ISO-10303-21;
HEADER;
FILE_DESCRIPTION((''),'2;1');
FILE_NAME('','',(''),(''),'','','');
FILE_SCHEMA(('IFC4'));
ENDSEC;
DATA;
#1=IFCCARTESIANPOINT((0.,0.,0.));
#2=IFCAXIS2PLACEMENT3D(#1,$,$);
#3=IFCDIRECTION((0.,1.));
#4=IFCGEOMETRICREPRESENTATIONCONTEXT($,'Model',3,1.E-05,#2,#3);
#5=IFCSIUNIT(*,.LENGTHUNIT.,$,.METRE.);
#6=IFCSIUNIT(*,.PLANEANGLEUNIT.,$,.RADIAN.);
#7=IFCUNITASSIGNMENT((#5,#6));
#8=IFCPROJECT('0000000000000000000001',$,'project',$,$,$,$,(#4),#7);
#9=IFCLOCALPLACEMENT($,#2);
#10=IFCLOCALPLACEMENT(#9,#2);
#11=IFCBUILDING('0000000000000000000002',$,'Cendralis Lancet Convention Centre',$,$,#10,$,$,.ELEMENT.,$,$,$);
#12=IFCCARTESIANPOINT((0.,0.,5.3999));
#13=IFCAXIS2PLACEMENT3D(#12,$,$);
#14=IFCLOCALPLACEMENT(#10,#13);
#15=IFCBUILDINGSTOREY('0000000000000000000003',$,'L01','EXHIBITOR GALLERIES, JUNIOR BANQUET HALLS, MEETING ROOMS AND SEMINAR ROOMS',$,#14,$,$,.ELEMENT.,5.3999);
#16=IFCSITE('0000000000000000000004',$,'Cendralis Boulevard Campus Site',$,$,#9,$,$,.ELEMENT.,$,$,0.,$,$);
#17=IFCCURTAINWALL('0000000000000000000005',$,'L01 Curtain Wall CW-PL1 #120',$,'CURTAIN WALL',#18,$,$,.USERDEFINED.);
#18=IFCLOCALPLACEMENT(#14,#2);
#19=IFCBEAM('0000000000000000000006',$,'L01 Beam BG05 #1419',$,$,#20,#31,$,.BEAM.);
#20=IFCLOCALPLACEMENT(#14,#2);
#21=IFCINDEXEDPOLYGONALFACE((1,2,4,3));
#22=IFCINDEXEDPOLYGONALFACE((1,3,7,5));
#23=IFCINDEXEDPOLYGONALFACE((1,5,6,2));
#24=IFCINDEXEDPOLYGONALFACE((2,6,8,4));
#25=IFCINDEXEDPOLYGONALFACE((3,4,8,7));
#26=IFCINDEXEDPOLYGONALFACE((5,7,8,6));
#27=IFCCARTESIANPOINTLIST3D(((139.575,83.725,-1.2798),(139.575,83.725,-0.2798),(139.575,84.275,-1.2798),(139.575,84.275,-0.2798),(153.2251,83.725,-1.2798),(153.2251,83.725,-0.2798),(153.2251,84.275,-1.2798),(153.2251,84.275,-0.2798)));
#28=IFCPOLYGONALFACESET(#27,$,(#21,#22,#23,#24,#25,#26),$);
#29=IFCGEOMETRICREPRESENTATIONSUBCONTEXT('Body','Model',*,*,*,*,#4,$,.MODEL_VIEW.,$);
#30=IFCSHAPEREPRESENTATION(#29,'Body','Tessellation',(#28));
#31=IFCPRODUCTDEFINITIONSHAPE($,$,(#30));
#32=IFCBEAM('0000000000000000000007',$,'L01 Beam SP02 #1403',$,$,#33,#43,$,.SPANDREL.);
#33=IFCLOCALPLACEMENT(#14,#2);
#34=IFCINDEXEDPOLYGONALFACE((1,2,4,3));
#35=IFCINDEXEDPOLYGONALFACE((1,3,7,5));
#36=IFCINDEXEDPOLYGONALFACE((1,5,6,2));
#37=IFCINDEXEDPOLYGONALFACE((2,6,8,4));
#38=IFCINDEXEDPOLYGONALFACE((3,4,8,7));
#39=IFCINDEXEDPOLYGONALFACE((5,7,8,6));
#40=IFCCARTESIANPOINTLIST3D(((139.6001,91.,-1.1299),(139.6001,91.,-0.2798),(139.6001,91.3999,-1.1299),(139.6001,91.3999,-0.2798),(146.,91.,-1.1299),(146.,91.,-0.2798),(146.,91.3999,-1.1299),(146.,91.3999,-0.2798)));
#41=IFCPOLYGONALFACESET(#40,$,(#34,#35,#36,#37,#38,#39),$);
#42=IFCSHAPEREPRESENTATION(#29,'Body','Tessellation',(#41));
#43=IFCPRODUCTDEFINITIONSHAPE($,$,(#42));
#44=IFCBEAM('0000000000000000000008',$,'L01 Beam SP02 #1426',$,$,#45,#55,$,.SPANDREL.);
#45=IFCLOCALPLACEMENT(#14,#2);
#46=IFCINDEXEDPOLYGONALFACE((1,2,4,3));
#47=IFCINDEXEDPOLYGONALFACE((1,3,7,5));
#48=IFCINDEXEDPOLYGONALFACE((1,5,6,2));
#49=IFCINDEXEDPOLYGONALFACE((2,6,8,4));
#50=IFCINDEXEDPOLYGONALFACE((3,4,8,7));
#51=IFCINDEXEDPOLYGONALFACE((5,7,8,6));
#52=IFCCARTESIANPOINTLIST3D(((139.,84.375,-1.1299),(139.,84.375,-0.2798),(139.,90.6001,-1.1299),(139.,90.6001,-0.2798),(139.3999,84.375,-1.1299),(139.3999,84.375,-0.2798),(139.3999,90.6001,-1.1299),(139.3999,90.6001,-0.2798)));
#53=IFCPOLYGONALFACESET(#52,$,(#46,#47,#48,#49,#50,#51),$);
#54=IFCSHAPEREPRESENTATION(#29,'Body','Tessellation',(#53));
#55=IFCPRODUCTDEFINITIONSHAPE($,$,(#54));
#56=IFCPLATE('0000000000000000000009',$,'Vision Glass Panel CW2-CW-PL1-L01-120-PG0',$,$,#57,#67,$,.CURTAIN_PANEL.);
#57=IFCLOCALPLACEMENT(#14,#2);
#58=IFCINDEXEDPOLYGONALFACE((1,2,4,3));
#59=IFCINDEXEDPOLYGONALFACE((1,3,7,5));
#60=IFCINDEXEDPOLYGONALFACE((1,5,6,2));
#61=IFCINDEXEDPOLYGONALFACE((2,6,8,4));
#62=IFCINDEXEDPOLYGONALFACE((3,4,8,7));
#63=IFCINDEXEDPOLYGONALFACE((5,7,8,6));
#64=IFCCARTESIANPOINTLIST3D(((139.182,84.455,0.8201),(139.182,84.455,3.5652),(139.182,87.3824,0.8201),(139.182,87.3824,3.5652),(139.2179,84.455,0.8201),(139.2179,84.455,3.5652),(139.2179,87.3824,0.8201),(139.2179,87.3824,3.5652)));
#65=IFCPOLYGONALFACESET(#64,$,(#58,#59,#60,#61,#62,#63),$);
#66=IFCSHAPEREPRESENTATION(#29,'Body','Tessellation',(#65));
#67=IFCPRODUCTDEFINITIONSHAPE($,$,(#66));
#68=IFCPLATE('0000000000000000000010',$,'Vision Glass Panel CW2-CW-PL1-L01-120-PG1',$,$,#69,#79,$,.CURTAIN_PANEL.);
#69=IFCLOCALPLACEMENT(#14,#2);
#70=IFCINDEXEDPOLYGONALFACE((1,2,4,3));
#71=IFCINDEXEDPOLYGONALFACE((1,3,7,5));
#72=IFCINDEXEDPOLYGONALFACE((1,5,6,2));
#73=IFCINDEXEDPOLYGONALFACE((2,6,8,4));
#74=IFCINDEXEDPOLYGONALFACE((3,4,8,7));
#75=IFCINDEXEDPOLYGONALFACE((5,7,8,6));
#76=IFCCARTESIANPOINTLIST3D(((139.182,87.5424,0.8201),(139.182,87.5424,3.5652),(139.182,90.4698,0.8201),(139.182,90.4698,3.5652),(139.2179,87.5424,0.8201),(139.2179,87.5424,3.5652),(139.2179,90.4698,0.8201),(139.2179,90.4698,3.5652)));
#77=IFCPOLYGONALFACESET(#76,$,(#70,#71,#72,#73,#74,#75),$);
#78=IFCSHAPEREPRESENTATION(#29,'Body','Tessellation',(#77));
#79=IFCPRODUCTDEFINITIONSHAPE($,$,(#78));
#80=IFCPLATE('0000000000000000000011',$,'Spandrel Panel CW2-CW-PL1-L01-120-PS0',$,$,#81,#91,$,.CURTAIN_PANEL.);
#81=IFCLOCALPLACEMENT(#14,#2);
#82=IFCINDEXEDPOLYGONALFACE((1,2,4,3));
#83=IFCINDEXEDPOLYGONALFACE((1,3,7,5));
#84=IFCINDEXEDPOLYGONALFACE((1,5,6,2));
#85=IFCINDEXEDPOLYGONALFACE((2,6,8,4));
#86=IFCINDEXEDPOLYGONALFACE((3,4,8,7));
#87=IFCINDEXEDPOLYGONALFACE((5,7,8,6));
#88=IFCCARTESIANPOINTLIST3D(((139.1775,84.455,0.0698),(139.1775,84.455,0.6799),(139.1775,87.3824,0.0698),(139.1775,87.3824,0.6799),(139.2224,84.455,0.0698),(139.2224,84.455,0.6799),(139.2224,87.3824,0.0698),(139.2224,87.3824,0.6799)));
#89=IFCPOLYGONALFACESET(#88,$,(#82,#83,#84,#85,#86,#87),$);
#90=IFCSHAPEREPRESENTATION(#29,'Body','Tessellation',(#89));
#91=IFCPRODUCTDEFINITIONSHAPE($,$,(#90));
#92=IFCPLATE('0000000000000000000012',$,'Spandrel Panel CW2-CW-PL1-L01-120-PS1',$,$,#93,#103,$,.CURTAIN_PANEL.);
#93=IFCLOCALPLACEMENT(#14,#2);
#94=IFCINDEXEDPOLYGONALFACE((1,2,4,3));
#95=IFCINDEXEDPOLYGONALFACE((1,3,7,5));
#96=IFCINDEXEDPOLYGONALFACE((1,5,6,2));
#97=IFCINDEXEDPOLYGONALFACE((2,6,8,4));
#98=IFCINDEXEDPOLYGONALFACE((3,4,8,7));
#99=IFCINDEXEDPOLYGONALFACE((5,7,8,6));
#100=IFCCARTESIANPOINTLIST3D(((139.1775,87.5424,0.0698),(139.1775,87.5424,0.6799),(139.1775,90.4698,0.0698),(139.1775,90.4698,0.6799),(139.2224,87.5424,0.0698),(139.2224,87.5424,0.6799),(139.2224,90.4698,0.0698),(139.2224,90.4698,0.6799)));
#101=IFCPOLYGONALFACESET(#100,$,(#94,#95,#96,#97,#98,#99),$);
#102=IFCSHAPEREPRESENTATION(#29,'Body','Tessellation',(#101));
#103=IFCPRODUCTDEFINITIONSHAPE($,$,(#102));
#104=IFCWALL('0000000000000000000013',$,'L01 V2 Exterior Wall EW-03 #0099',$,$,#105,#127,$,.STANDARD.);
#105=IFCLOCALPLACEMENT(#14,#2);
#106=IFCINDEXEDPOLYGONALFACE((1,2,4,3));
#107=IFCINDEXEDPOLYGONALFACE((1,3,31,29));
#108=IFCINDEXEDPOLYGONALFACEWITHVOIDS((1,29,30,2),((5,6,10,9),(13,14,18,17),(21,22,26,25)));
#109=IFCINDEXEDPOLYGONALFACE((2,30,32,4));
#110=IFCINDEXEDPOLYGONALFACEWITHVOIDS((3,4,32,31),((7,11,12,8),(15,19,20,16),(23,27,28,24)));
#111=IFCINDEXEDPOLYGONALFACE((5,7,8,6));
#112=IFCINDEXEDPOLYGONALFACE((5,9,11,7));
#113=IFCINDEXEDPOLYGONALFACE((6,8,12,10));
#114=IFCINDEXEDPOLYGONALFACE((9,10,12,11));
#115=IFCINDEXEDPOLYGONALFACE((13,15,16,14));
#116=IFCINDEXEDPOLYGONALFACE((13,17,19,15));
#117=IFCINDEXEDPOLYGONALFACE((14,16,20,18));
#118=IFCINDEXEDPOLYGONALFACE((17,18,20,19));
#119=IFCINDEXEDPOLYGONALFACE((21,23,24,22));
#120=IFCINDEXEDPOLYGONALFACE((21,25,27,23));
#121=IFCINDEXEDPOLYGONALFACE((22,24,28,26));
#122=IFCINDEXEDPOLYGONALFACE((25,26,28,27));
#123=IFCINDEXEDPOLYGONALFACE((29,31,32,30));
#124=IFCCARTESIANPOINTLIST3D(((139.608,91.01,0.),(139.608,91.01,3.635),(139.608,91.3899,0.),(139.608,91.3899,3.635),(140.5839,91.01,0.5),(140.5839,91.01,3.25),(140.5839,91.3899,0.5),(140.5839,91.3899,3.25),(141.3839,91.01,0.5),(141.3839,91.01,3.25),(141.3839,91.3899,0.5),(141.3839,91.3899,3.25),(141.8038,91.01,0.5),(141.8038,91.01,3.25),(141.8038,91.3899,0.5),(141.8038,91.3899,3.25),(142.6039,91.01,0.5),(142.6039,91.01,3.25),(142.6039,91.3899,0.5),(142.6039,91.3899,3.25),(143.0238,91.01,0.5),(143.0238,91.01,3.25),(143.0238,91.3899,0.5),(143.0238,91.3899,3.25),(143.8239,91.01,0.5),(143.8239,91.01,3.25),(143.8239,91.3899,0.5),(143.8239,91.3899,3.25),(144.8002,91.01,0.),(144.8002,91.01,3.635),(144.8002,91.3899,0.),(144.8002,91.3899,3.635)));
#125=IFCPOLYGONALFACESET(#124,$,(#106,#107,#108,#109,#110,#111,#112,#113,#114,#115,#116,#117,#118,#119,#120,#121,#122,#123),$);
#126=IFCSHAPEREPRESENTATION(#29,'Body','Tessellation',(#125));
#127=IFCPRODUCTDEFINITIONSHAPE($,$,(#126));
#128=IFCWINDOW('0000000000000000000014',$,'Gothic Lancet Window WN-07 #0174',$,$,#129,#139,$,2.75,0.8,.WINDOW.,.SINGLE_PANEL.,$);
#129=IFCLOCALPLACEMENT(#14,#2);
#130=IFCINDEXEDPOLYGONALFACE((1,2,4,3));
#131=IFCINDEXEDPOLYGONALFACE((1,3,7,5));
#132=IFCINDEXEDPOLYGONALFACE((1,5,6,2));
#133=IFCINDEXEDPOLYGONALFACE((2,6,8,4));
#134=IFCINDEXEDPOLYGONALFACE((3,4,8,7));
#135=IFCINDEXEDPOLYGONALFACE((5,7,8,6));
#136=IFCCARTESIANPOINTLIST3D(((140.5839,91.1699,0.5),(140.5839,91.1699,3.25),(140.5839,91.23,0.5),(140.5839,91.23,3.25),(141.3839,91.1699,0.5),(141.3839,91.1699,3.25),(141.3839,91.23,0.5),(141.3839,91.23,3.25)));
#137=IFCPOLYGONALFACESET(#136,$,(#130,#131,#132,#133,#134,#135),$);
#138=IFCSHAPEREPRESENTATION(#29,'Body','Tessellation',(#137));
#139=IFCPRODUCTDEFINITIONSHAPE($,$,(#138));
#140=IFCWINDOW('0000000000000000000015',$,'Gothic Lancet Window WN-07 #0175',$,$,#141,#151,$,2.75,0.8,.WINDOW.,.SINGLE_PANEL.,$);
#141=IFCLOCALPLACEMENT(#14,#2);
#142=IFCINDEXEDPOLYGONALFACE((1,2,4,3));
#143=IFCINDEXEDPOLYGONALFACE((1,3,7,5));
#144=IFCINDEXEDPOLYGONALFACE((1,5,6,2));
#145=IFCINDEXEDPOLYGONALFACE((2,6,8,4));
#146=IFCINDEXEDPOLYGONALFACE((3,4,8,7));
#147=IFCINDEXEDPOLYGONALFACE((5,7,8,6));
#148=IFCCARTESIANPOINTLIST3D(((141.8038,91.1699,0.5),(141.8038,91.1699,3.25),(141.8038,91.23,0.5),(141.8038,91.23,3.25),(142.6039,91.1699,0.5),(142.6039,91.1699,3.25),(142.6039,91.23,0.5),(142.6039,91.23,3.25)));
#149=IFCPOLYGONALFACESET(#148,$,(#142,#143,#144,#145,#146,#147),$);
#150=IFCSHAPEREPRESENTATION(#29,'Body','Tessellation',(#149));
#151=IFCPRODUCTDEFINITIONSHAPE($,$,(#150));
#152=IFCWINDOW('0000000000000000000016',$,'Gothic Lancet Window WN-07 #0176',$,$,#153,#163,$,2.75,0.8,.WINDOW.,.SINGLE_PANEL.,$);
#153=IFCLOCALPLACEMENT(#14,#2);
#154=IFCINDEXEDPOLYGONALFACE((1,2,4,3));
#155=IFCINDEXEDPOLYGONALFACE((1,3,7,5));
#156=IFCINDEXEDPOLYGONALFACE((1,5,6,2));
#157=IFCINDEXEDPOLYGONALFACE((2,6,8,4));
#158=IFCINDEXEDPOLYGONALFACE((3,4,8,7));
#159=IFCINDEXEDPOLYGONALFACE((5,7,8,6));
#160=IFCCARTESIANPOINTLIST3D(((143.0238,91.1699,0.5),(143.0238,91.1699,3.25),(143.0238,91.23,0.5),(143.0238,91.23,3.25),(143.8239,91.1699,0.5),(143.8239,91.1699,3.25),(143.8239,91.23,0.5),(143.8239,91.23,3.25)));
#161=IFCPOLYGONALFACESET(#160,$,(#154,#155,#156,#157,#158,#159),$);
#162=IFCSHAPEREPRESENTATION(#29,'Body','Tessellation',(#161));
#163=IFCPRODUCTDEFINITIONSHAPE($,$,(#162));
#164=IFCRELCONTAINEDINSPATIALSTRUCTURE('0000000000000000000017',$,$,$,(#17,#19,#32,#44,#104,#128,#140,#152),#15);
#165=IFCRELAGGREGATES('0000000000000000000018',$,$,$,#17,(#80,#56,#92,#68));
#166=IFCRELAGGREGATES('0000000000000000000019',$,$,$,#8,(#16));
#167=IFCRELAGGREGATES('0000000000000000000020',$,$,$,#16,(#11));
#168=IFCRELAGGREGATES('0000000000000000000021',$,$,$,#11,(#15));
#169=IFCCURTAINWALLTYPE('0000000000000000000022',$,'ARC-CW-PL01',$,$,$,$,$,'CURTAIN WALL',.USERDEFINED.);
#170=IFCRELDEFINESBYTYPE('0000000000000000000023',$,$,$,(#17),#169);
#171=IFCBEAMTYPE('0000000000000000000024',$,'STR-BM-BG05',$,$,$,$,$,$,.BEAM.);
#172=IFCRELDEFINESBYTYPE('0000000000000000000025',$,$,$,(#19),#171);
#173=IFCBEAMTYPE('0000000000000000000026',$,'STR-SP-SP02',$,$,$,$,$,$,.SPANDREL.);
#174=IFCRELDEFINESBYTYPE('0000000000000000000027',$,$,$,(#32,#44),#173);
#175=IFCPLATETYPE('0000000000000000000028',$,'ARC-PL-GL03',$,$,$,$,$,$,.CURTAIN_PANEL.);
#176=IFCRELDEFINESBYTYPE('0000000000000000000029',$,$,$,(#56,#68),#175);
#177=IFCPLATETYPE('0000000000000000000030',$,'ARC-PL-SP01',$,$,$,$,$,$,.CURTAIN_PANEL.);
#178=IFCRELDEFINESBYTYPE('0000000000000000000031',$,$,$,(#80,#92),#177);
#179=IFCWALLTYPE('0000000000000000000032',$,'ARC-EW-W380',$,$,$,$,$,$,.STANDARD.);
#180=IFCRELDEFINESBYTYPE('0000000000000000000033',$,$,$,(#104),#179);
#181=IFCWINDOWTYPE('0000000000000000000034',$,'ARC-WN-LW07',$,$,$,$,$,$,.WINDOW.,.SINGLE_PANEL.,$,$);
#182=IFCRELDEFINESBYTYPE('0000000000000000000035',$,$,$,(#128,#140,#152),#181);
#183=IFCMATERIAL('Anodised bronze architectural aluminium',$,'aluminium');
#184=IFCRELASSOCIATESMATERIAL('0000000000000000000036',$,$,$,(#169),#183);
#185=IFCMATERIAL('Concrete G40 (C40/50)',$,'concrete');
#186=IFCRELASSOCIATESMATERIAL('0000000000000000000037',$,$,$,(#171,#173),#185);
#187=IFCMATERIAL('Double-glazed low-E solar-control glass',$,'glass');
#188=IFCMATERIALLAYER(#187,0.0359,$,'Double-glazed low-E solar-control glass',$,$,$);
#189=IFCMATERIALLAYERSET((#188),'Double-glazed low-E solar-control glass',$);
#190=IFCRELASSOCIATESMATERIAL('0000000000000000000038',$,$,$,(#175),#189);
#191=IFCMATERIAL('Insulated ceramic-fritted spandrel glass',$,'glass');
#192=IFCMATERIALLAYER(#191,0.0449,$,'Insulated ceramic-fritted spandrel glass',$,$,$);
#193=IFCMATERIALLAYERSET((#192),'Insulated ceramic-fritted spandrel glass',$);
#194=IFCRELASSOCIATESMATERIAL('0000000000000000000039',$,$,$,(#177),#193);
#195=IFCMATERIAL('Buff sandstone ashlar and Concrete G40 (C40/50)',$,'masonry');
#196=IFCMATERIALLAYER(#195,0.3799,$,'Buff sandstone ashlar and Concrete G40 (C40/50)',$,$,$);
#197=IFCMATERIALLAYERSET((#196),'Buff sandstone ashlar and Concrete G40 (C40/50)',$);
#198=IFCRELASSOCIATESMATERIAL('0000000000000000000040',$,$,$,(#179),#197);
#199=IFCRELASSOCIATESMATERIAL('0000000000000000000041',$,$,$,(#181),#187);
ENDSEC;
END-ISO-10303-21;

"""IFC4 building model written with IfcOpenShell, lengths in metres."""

from ifc_helpers import new_model, si_unit, direction, frame, frame_2d, origin, origin_2d, place, context, subcontext, project, spatial, rectangle, extrude, material, layer, layer_set, material_profile, profile_set, type_object, element, fill, aggregate, save


model = new_model("IFC4")

# Units and contexts
model_context = context("Model", 3, precision=1e-05, world=origin(), true_north=direction((0.0, 1.0)))
body_context = subcontext(model_context, "Body", "Model", "MODEL_VIEW")
ifc_project = project(units=[si_unit("LENGTHUNIT", "METRE"), si_unit("PLANEANGLEUNIT", "RADIAN")], contexts=[model_context])

# Site, building, storey
site_placement = place(None, origin())
site = spatial("IfcSite", under=ifc_project, at=site_placement, Name="Cendralis Boulevard Campus Site", CompositionType="ELEMENT", RefElevation=0.0)
building_placement = place(site_placement, origin())
building = spatial("IfcBuilding", under=site, at=building_placement, Name="Cendralis Lancet Convention Centre", CompositionType="ELEMENT")
storey_placement = place(building_placement, frame((0.0, 0.0, 5.3999)))
storey = spatial("IfcBuildingStorey", under=building, at=storey_placement, Name="L01", Description="EXHIBITOR GALLERIES, JUNIOR BANQUET HALLS, MEETING ROOMS AND SEMINAR ROOMS", CompositionType="ELEMENT", Elevation=5.3999)

# Shared definitions
ifc_material_1 = material(Name="Concrete G40 (C40/50)", Category="concrete")

# Curtain wall
ifc_material_2 = material(Name="Anodised bronze architectural aluminium", Category="aluminium")
curtain_wall_type = type_object("IfcCurtainWallType", Name="ARC-CW-PL01", ElementType="CURTAIN WALL", PredefinedType="USERDEFINED", material=ifc_material_2)
curtain_wall_placement = place(storey_placement, origin())
curtain_wall = element("IfcCurtainWall", 1, at=curtain_wall_placement, inside=storey, type_object=curtain_wall_type, Name="L01 Curtain Wall CW-PL1 #120", ObjectType="CURTAIN WALL", PredefinedType="USERDEFINED")

# Beams
ifc_material_profile_1 = material_profile(ifc_material_1, rectangle(XDim=0.55, YDim=1.0, at=origin_2d()), Name="RCB 550x1000")
ifc_profile_set_1 = profile_set([ifc_material_profile_1], Name="Concrete G40 (C40/50)")
beam_type_1 = type_object("IfcBeamType", Name="STR-BM-BG05", PredefinedType="BEAM", material=ifc_profile_set_1)
beam_1_placement = place(storey_placement, frame((139.575, 84.0, -0.7798), z_axis=(1.0, 0.0, 0.0), x_axis=(0.0, 1.0, 0.0)))
element("IfcBeam", 2, at=beam_1_placement, inside=storey, type_object=beam_type_1, Name="L01 Beam BG05 #1419", PredefinedType="BEAM", context=body_context, shape_type="SweptSolid", body=[
    extrude(rectangle(XDim=0.55, YDim=1.0, at=origin_2d()), origin(), (0.0, 0.0, 1.0), 13.6501),
])
ifc_material_profile_2 = material_profile(ifc_material_1, rectangle(XDim=0.3999, YDim=0.8501, at=origin_2d()), Name="RCB 400x850")
ifc_profile_set_2 = profile_set([ifc_material_profile_2], Name="Concrete G40 (C40/50)")
beam_type_2 = type_object("IfcBeamType", Name="STR-SP-SP02", PredefinedType="SPANDREL", material=ifc_profile_set_2)
beam_2_placement = place(storey_placement, frame((139.6001, 91.2, -0.7048), z_axis=(1.0, 0.0, 0.0), x_axis=(0.0, 1.0, 0.0)))
element("IfcBeam", 3, at=beam_2_placement, inside=storey, type_object=beam_type_2, Name="L01 Beam SP02 #1403", PredefinedType="SPANDREL", context=body_context, shape_type="SweptSolid", body=[
    extrude(rectangle(XDim=0.3999, YDim=0.8501, at=origin_2d()), origin(), (0.0, 0.0, 1.0), 6.3999),
])
beam_3_placement = place(storey_placement, frame((139.2, 84.375, -0.7048), z_axis=(0.0, 1.0, 0.0), x_axis=(-1.0, 0.0, 0.0)))
element("IfcBeam", 4, at=beam_3_placement, inside=storey, type_object=beam_type_2, Name="L01 Beam SP02 #1426", PredefinedType="SPANDREL", context=body_context, shape_type="SweptSolid", body=[
    extrude(rectangle(XDim=0.3999, YDim=0.8501, at=origin_2d()), origin(), (0.0, 0.0, 1.0), 6.2251),
])

# Plates
ifc_material_3 = material(Name="Double-glazed low-E solar-control glass", Category="glass")
ifc_layer_1 = layer(ifc_material_3, 0.0359, Name="Double-glazed low-E solar-control glass")
ifc_layer_set_1 = layer_set([ifc_layer_1], Name="Double-glazed low-E solar-control glass")
plate_type_1 = type_object("IfcPlateType", Name="ARC-PL-GL03", PredefinedType="CURTAIN_PANEL", material=ifc_layer_set_1)
plate_1_placement = place(storey_placement, frame((139.2, 85.9187, 0.8201), z_axis=(0.0, 0.0, 1.0), x_axis=(0.0, 1.0, 0.0)))
plate_1 = element("IfcPlate", 5, at=plate_1_placement, type_object=plate_type_1, Name="Vision Glass Panel CW2-CW-PL1-L01-120-PG0", PredefinedType="CURTAIN_PANEL", context=body_context, shape_type="SweptSolid", body=[
    extrude(rectangle(XDim=2.9275, YDim=0.0359, at=origin_2d()), origin(), (0.0, 0.0, 1.0), 2.7451),
])
plate_2_placement = place(storey_placement, frame((139.2, 89.0061, 0.8201), z_axis=(0.0, 0.0, 1.0), x_axis=(0.0, 1.0, 0.0)))
plate_2 = element("IfcPlate", 6, at=plate_2_placement, type_object=plate_type_1, Name="Vision Glass Panel CW2-CW-PL1-L01-120-PG1", PredefinedType="CURTAIN_PANEL", context=body_context, shape_type="SweptSolid", body=[
    extrude(rectangle(XDim=2.9275, YDim=0.0359, at=origin_2d()), origin(), (0.0, 0.0, 1.0), 2.7451),
])
ifc_material_4 = material(Name="Insulated ceramic-fritted spandrel glass", Category="glass")
ifc_layer_2 = layer(ifc_material_4, 0.0449, Name="Insulated ceramic-fritted spandrel glass")
ifc_layer_set_2 = layer_set([ifc_layer_2], Name="Insulated ceramic-fritted spandrel glass")
plate_type_2 = type_object("IfcPlateType", Name="ARC-PL-SP01", PredefinedType="CURTAIN_PANEL", material=ifc_layer_set_2)
plate_3_placement = place(storey_placement, frame((139.2, 85.9187, 0.0698), z_axis=(0.0, 0.0, 1.0), x_axis=(0.0, 1.0, 0.0)))
plate_3 = element("IfcPlate", 7, at=plate_3_placement, type_object=plate_type_2, Name="Spandrel Panel CW2-CW-PL1-L01-120-PS0", PredefinedType="CURTAIN_PANEL", context=body_context, shape_type="SweptSolid", body=[
    extrude(rectangle(XDim=2.9275, YDim=0.0449, at=origin_2d()), origin(), (0.0, 0.0, 1.0), 0.6101),
])
plate_4_placement = place(storey_placement, frame((139.2, 89.0061, 0.0698), z_axis=(0.0, 0.0, 1.0), x_axis=(0.0, 1.0, 0.0)))
plate_4 = element("IfcPlate", 8, at=plate_4_placement, type_object=plate_type_2, Name="Spandrel Panel CW2-CW-PL1-L01-120-PS1", PredefinedType="CURTAIN_PANEL", context=body_context, shape_type="SweptSolid", body=[
    extrude(rectangle(XDim=2.9275, YDim=0.0449, at=origin_2d()), origin(), (0.0, 0.0, 1.0), 0.6101),
])
aggregate(curtain_wall, [plate_3, plate_1, plate_4, plate_2])

# Wall, openings, windows
ifc_material_5 = material(Name="Buff sandstone ashlar and Concrete G40 (C40/50)", Category="masonry")
ifc_layer_3 = layer(ifc_material_5, 0.3799, Name="Buff sandstone ashlar and Concrete G40 (C40/50)")
ifc_layer_set_3 = layer_set([ifc_layer_3], Name="Buff sandstone ashlar and Concrete G40 (C40/50)")
wall_type = type_object("IfcWallType", Name="ARC-EW-W380", PredefinedType="STANDARD", material=ifc_layer_set_3)
wall_placement = place(storey_placement, frame((139.6079, 91.2, 0.0), z_axis=(0.0, 0.0, 1.0), x_axis=(1.0, 0.0, 0.0)))
wall = element("IfcWall", 9, at=wall_placement, inside=storey, type_object=wall_type, Name="L01 V2 Exterior Wall EW-03 #0099", PredefinedType="STANDARD", context=body_context, shape_type="SweptSolid", body=[
    extrude(rectangle(XDim=5.1921, YDim=0.3799, at=frame_2d((2.5962, 0.0))), origin(), (0.0, 0.0, 1.0), 3.635),
])
opening_1_placement = place(wall_placement, frame((0.9761, 0.0, 0.5)))
opening_1 = element("IfcOpeningElement", 10, at=opening_1_placement, cuts=wall, PredefinedType="OPENING", context=body_context, shape_type="SweptSolid", body=[
    extrude(rectangle(XDim=0.8, YDim=2.75, at=frame_2d((0.3999, 1.375))), frame((0.0, 0.2, 0.0), z_axis=(0.0, -1.0, 0.0), x_axis=(1.0, 0.0, 0.0)), (0.0, 0.0, 1.0), 0.3999),
])
opening_2_placement = place(wall_placement, frame((2.196, 0.0, 0.5)))
opening_2 = element("IfcOpeningElement", 11, at=opening_2_placement, cuts=wall, PredefinedType="OPENING", context=body_context, shape_type="SweptSolid", body=[
    extrude(rectangle(XDim=0.8, YDim=2.75, at=frame_2d((0.3999, 1.375))), frame((0.0, 0.2, 0.0), z_axis=(0.0, -1.0, 0.0), x_axis=(1.0, 0.0, 0.0)), (0.0, 0.0, 1.0), 0.3999),
])
opening_3_placement = place(wall_placement, frame((3.416, 0.0, 0.5)))
opening_3 = element("IfcOpeningElement", 12, at=opening_3_placement, cuts=wall, PredefinedType="OPENING", context=body_context, shape_type="SweptSolid", body=[
    extrude(rectangle(XDim=0.8, YDim=2.75, at=frame_2d((0.3999, 1.375))), frame((0.0, 0.2, 0.0), z_axis=(0.0, -1.0, 0.0), x_axis=(1.0, 0.0, 0.0)), (0.0, 0.0, 1.0), 0.3999),
])
window_type = type_object("IfcWindowType", Name="ARC-WN-LW07", PartitioningType="SINGLE_PANEL", PredefinedType="WINDOW", material=ifc_material_3)
window_1_placement = place(opening_1_placement, origin())
window_1 = element("IfcWindow", 13, at=window_1_placement, inside=storey, type_object=window_type, Name="Gothic Lancet Window WN-07 #0174", OverallHeight=2.75, OverallWidth=0.8, PartitioningType="SINGLE_PANEL", PredefinedType="WINDOW", context=body_context, shape_type="SweptSolid", body=[
    extrude(rectangle(XDim=0.8, YDim=2.75, at=frame_2d((0.3999, 1.375))), frame((0.0, 0.03, 0.0), z_axis=(0.0, -1.0, 0.0), x_axis=(1.0, 0.0, 0.0)), (0.0, 0.0, 1.0), 0.0601),
])
fill(opening_1, window_1)
window_2_placement = place(opening_2_placement, origin())
window_2 = element("IfcWindow", 14, at=window_2_placement, inside=storey, type_object=window_type, Name="Gothic Lancet Window WN-07 #0175", OverallHeight=2.75, OverallWidth=0.8, PartitioningType="SINGLE_PANEL", PredefinedType="WINDOW", context=body_context, shape_type="SweptSolid", body=[
    extrude(rectangle(XDim=0.8, YDim=2.75, at=frame_2d((0.3999, 1.375))), frame((0.0, 0.03, 0.0), z_axis=(0.0, -1.0, 0.0), x_axis=(1.0, 0.0, 0.0)), (0.0, 0.0, 1.0), 0.0601),
])
fill(opening_2, window_2)
window_3_placement = place(opening_3_placement, origin())
window_3 = element("IfcWindow", 15, at=window_3_placement, inside=storey, type_object=window_type, Name="Gothic Lancet Window WN-07 #0176", OverallHeight=2.75, OverallWidth=0.8, PartitioningType="SINGLE_PANEL", PredefinedType="WINDOW", context=body_context, shape_type="SweptSolid", body=[
    extrude(rectangle(XDim=0.8, YDim=2.75, at=frame_2d((0.3999, 1.375))), frame((0.0, 0.03, 0.0), z_axis=(0.0, -1.0, 0.0), x_axis=(1.0, 0.0, 0.0)), (0.0, 0.0, 1.0), 0.0601),
])
fill(opening_3, window_3)

save(model, "model.ifc")
